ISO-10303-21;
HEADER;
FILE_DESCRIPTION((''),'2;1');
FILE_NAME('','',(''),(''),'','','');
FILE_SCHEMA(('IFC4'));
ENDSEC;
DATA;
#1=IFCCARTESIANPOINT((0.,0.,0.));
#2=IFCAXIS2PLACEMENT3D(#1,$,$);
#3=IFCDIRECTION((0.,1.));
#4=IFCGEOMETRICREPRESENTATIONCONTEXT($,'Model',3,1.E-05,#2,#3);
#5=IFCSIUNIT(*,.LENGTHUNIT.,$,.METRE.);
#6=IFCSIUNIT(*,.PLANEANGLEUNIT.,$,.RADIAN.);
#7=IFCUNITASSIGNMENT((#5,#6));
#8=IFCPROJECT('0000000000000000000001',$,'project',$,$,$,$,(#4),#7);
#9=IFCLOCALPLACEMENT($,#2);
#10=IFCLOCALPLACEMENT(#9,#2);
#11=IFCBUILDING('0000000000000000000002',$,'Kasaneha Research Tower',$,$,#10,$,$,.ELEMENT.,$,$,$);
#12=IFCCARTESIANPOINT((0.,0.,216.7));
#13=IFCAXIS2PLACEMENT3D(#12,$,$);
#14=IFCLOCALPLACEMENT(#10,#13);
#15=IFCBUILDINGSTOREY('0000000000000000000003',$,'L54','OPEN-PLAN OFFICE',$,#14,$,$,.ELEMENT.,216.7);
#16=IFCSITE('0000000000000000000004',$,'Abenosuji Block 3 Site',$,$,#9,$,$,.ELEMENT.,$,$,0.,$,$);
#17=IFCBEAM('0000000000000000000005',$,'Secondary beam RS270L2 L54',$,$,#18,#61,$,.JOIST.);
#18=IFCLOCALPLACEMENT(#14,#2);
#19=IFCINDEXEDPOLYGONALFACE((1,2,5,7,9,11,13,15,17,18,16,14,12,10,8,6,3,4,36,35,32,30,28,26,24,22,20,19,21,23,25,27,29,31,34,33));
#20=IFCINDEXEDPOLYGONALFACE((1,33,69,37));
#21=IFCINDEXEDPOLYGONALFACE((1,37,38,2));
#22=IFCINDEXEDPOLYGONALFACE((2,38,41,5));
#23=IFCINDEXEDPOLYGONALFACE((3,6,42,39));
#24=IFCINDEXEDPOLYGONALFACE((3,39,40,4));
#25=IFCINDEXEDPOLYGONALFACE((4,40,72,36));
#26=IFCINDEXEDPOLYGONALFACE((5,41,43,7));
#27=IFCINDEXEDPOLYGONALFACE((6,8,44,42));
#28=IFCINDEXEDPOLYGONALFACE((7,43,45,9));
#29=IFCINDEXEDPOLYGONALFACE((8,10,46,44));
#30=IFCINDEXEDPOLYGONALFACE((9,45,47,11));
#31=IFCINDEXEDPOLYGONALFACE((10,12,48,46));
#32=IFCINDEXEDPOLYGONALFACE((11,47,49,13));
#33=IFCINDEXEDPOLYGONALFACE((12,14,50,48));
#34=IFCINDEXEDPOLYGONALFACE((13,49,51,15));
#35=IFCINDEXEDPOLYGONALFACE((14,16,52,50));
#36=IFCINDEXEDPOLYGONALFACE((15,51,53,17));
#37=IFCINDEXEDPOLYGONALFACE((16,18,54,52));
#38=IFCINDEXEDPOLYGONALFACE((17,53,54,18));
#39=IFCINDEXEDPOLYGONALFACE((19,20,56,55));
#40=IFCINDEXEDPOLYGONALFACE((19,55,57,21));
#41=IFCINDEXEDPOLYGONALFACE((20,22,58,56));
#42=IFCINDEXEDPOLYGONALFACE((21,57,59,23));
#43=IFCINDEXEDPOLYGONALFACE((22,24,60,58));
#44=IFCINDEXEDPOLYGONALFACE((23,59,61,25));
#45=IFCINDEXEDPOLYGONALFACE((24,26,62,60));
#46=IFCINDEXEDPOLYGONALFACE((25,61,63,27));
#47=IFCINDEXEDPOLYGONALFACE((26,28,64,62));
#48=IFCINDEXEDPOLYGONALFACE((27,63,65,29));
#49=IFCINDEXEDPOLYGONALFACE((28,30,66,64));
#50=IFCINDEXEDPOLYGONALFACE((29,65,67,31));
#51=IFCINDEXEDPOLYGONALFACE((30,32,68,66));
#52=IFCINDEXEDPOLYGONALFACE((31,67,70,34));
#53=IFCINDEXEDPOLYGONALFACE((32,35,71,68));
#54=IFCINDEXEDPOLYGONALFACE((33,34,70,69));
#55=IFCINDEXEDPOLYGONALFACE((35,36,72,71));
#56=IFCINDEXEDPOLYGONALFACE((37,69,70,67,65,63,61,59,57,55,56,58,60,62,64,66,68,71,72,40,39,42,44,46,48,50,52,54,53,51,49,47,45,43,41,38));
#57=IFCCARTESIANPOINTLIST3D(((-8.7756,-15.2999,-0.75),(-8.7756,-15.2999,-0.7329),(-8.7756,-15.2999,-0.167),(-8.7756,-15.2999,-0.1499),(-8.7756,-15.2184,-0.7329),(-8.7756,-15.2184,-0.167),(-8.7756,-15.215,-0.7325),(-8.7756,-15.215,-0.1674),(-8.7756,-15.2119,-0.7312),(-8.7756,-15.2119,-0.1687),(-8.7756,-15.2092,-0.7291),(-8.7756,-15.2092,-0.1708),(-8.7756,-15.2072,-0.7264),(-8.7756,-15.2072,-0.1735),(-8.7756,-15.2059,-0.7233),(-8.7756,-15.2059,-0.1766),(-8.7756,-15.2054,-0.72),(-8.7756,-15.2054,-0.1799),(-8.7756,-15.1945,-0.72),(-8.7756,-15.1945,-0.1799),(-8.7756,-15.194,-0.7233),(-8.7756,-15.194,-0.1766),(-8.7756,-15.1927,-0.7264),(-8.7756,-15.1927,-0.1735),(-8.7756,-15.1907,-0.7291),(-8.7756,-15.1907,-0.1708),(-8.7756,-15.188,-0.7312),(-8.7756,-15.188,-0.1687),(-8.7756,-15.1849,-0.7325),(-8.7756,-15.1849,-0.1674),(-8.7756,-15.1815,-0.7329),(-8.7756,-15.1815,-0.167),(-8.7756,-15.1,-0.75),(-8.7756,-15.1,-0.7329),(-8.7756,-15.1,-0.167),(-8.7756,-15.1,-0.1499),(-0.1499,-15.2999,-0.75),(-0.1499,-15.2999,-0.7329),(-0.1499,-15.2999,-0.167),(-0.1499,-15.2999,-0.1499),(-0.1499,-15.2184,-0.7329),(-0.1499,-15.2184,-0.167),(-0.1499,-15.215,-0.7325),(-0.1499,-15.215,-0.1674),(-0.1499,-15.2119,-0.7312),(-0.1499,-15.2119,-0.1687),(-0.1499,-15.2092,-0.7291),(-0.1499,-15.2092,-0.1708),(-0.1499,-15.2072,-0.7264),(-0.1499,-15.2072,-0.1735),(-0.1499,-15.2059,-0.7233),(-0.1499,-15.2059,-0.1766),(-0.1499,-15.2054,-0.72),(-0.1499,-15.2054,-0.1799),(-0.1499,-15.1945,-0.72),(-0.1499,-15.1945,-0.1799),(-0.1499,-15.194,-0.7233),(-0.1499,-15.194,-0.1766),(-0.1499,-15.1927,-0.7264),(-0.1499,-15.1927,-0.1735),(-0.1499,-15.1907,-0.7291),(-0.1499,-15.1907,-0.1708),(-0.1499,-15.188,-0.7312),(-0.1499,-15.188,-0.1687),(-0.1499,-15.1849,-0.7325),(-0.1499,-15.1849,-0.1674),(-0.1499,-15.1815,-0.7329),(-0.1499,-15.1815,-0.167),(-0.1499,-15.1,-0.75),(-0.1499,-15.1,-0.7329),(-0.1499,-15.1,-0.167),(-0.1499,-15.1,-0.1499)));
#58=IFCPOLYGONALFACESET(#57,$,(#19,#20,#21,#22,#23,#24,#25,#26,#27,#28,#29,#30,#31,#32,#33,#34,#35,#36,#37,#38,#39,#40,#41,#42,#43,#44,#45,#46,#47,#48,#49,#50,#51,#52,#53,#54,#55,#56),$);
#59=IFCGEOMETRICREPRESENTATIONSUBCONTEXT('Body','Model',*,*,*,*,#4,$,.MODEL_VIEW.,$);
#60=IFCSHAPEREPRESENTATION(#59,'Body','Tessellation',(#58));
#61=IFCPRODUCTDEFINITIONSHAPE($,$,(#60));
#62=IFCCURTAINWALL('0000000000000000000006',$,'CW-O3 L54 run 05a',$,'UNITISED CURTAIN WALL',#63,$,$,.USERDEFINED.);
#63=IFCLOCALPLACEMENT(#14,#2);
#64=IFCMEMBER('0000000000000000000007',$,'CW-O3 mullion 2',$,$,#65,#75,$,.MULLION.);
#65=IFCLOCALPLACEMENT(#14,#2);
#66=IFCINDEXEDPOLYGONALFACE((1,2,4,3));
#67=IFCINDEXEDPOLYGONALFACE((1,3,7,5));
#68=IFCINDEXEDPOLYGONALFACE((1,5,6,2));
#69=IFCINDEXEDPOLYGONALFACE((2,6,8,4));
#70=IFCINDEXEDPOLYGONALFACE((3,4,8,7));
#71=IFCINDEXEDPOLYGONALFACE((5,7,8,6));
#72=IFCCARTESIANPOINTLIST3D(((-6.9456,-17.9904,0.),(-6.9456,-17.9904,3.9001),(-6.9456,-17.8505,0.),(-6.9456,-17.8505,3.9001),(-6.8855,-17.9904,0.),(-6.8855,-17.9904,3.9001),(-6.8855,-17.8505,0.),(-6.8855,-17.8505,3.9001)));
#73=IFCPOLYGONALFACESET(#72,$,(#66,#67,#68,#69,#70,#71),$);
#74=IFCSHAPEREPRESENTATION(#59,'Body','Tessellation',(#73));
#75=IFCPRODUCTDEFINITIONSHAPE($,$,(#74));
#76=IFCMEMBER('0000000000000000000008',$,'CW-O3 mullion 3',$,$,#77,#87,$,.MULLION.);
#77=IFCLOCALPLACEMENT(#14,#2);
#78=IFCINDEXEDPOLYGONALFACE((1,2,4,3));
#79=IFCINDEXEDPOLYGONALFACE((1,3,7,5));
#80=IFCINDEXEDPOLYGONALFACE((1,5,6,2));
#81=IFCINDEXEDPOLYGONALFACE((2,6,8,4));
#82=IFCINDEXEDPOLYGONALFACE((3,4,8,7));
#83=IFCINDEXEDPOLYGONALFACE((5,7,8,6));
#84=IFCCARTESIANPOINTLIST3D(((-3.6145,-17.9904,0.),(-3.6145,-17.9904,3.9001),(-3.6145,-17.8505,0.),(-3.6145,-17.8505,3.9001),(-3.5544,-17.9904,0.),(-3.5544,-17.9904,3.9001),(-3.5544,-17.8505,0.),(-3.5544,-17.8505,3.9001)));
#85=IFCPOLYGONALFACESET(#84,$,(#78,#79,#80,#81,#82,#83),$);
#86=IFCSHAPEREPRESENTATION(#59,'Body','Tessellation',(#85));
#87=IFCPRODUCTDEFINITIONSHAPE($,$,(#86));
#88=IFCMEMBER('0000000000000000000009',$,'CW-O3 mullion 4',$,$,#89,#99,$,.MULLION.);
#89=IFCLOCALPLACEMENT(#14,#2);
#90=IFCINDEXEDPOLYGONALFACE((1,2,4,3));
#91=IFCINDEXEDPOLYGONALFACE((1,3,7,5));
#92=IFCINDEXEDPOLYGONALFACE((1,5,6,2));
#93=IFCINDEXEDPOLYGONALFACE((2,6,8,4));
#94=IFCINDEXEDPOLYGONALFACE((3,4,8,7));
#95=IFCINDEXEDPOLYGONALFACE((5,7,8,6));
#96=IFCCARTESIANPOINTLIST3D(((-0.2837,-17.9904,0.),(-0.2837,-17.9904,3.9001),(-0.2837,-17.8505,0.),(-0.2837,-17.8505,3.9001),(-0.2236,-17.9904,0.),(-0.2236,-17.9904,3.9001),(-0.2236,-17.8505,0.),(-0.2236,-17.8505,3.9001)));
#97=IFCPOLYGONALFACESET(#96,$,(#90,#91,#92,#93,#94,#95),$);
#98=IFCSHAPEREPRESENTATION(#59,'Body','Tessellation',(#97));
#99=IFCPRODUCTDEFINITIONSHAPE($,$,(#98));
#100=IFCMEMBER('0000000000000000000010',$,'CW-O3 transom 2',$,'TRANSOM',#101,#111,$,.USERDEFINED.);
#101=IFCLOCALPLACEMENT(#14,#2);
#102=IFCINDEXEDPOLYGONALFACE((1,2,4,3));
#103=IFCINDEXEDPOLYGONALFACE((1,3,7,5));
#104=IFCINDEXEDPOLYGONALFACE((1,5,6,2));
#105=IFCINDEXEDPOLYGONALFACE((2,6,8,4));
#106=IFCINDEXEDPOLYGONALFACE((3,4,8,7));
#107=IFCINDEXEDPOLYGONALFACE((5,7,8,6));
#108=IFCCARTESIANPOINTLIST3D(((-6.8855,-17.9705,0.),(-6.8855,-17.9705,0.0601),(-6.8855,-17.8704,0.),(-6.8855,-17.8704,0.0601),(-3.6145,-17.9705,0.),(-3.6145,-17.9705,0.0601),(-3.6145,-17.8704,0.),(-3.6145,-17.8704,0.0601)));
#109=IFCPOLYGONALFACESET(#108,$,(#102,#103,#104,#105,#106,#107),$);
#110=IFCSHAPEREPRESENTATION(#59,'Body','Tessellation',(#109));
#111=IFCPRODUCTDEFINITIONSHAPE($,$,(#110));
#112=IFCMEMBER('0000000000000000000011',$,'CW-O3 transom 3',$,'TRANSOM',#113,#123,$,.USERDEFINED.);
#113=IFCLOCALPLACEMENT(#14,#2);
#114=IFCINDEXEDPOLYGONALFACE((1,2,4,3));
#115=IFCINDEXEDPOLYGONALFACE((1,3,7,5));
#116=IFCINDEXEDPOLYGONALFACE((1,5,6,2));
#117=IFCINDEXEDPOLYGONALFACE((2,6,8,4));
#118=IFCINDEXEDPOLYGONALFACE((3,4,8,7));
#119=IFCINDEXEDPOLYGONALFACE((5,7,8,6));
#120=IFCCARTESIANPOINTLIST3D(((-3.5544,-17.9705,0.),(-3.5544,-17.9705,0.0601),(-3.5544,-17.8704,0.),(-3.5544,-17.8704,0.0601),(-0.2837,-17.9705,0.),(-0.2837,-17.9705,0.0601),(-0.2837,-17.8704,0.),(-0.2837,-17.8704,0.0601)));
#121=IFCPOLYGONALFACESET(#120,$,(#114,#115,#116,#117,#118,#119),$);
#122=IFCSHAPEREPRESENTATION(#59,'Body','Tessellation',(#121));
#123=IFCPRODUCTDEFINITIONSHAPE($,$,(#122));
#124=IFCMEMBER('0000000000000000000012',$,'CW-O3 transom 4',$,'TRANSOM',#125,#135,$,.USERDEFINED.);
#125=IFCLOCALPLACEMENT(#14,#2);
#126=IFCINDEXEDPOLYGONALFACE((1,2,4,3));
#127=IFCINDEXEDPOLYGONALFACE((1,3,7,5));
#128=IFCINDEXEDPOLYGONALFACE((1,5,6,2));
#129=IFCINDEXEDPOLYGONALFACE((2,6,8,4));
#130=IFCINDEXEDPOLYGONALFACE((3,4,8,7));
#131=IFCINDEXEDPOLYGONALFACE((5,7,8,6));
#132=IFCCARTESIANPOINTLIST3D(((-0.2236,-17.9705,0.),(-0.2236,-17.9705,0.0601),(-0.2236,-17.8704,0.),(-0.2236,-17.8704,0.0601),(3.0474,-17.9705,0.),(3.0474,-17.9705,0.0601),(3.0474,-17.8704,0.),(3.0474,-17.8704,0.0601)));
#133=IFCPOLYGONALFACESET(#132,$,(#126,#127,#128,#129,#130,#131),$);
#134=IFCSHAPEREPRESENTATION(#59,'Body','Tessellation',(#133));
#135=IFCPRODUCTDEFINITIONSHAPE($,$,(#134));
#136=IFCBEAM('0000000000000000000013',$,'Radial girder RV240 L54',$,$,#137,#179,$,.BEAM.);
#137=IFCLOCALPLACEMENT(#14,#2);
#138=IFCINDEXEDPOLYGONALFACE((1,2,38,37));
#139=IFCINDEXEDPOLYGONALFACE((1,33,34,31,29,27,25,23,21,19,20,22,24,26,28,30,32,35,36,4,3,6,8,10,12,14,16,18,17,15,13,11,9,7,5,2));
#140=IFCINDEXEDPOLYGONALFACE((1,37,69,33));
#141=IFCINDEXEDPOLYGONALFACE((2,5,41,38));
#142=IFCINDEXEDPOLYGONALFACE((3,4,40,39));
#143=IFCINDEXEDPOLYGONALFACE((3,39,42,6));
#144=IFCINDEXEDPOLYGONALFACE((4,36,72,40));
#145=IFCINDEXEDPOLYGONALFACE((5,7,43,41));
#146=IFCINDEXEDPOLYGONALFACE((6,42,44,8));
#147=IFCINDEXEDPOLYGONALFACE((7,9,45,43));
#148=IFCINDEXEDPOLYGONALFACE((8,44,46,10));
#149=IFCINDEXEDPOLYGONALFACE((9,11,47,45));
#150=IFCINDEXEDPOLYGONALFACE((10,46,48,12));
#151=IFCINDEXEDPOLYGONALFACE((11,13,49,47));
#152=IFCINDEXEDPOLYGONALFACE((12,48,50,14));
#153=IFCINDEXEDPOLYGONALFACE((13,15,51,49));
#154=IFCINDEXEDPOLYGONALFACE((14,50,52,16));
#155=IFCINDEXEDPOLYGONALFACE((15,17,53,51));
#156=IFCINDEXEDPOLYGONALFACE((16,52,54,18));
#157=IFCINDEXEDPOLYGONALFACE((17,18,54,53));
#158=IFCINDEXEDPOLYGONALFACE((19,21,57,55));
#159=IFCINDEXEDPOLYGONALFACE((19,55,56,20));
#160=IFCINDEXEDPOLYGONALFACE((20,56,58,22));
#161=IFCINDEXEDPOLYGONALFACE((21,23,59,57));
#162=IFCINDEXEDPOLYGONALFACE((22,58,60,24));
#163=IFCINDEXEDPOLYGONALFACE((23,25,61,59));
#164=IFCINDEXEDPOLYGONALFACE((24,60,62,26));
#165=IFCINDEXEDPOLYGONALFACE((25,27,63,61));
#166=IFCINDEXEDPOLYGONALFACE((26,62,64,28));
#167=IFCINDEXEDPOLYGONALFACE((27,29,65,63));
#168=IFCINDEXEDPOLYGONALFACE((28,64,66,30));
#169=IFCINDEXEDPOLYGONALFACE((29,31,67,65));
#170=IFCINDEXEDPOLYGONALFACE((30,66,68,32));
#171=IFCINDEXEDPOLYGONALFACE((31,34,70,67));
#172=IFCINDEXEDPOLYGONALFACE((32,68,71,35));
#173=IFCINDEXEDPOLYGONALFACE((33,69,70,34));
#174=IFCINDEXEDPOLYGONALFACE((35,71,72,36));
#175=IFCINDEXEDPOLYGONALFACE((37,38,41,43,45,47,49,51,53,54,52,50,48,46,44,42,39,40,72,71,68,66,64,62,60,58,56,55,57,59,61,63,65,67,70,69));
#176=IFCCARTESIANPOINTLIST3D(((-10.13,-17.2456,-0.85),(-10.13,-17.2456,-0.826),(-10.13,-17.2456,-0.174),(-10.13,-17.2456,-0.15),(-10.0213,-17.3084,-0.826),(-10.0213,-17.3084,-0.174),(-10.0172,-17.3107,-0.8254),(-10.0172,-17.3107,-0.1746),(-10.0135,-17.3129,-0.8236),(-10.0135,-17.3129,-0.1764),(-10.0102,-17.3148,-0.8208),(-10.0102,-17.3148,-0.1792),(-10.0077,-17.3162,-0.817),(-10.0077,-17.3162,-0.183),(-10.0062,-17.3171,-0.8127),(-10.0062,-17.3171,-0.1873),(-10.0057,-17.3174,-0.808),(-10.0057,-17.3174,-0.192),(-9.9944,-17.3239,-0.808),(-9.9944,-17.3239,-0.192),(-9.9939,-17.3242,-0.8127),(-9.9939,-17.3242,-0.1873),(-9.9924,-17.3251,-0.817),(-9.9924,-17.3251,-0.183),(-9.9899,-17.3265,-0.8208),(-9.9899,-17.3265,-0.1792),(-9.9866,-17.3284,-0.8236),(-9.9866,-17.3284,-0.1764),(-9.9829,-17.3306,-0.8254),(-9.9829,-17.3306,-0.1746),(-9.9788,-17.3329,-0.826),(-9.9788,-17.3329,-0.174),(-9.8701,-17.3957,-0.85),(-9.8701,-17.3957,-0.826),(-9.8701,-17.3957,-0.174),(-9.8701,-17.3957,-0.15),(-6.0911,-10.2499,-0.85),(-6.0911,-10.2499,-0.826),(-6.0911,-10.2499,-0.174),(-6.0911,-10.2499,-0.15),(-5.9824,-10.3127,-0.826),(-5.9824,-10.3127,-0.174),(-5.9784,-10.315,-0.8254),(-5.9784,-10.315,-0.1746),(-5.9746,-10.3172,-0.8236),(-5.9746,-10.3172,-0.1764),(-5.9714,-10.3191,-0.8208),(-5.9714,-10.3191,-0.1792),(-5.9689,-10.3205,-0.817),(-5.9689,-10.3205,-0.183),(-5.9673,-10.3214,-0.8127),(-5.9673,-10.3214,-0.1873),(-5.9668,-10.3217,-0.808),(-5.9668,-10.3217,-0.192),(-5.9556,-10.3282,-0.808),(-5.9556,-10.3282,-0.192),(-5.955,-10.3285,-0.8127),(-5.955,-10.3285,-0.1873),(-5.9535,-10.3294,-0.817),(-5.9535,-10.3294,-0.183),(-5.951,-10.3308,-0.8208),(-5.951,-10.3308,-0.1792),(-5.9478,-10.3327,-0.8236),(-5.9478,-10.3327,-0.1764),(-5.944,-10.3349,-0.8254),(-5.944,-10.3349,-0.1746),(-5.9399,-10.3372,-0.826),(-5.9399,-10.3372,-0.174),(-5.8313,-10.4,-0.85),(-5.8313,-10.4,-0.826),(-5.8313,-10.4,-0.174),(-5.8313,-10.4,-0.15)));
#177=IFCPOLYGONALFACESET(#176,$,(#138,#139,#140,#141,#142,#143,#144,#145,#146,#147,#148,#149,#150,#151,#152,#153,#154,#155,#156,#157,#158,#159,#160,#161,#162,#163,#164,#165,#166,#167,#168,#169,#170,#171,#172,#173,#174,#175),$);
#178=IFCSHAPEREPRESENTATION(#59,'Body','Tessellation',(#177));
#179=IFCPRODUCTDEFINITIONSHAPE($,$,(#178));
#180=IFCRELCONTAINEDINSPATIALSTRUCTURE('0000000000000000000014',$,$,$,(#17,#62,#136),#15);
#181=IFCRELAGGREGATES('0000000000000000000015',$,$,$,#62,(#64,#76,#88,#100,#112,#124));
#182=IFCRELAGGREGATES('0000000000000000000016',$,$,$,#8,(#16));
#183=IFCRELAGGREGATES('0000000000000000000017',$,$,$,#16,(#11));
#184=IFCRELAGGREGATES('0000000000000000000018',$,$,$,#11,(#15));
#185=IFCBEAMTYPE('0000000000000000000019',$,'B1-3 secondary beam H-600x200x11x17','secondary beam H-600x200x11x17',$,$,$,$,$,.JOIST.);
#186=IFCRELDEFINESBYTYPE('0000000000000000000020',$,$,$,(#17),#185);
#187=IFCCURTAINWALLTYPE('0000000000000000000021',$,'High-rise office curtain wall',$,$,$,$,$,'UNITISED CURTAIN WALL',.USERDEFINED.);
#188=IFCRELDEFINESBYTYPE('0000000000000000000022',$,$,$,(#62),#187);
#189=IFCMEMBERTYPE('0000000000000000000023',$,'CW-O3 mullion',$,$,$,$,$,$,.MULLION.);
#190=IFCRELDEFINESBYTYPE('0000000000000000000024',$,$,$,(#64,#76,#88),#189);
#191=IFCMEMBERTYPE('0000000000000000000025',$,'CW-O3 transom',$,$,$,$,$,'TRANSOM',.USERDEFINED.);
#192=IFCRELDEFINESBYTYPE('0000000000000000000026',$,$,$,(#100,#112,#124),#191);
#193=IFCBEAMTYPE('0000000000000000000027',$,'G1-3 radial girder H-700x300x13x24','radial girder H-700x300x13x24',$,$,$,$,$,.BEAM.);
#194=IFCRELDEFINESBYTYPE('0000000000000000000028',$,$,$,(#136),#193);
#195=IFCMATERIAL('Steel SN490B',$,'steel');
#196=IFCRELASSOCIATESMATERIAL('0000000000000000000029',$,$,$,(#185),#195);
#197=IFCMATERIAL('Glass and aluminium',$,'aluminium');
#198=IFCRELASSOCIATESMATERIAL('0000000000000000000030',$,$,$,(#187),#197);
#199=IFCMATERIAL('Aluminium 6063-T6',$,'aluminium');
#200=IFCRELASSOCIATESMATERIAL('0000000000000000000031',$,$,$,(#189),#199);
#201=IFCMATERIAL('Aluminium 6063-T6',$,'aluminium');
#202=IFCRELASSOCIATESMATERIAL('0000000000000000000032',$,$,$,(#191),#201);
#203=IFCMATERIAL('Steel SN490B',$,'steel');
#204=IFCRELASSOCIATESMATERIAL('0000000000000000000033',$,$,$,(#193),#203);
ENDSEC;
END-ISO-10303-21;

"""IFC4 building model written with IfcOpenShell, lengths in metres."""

from ifc_helpers import new_model, si_unit, direction, frame, origin, origin_2d, place, context, subcontext, project, spatial, rectangle, i_section, extrude, material, material_profile, profile_set, type_object, element, aggregate, save


model = new_model("IFC4")

# Units and contexts
model_context = context("Model", 3, precision=1e-05, world=origin(), true_north=direction((0.0, 1.0)))
body_context = subcontext(model_context, "Body", "Model", "MODEL_VIEW")
ifc_project = project(units=[si_unit("LENGTHUNIT", "METRE"), si_unit("PLANEANGLEUNIT", "RADIAN")], contexts=[model_context])

# Site, building, storey
site_placement = place(None, origin())
site = spatial("IfcSite", under=ifc_project, at=site_placement, Name="Abenosuji Block 3 Site", CompositionType="ELEMENT", RefElevation=0.0)
building_placement = place(site_placement, origin())
building = spatial("IfcBuilding", under=site, at=building_placement, Name="Kasaneha Research Tower", CompositionType="ELEMENT")
storey_placement = place(building_placement, frame((0.0, 0.0, 216.7)))
storey = spatial("IfcBuildingStorey", under=building, at=storey_placement, Name="L54", Description="OPEN-PLAN OFFICE", CompositionType="ELEMENT", Elevation=216.7)

# Beam
ifc_material_1 = material(Name="Steel SN490B", Category="steel")
ifc_material_profile_1 = material_profile(ifc_material_1, i_section(OverallWidth=0.2, OverallDepth=0.6001, WebThickness=0.011, FlangeThickness=0.0171, FilletRadius=0.0129, at=origin_2d()), Name="H-600x200x11x17")
ifc_profile_set_1 = profile_set([ifc_material_profile_1], Name="Steel SN490B")
beam_type_1 = type_object("IfcBeamType", Name="B1-3 secondary beam H-600x200x11x17", Description="secondary beam H-600x200x11x17", PredefinedType="JOIST", material=ifc_profile_set_1)
beam_1_placement = place(storey_placement, frame((-8.7756, -15.2, -0.45), z_axis=(1.0, 0.0, 0.0), x_axis=(0.0, 1.0, 0.0)))
element("IfcBeam", 1, at=beam_1_placement, inside=storey, type_object=beam_type_1, Name="Secondary beam RS270L2 L54", PredefinedType="JOIST", context=body_context, shape_type="SweptSolid", body=[
    extrude(i_section(OverallWidth=0.2, OverallDepth=0.6001, WebThickness=0.011, FlangeThickness=0.0171, FilletRadius=0.0129, at=origin_2d()), origin(), (0.0, 0.0, 1.0), 8.6257),
])

# Curtain wall, members
ifc_material_2 = material(Name="Glass and aluminium", Category="aluminium")
curtain_wall_type = type_object("IfcCurtainWallType", Name="High-rise office curtain wall", ElementType="UNITISED CURTAIN WALL", PredefinedType="USERDEFINED", material=ifc_material_2)
curtain_wall_placement = place(storey_placement, origin())
curtain_wall = element("IfcCurtainWall", 2, at=curtain_wall_placement, inside=storey, type_object=curtain_wall_type, Name="CW-O3 L54 run 05a", ObjectType="UNITISED CURTAIN WALL", PredefinedType="USERDEFINED")
ifc_material_3 = material(Name="Aluminium 6063-T6", Category="aluminium")
ifc_material_profile_2 = material_profile(ifc_material_3, rectangle(XDim=0.0601, YDim=0.1399, at=origin_2d()), Name="CW-O3 mullion 60x140")
ifc_profile_set_2 = profile_set([ifc_material_profile_2], Name="Aluminium 6063-T6")
member_type_1 = type_object("IfcMemberType", Name="CW-O3 mullion", PredefinedType="MULLION", material=ifc_profile_set_2)
member_1_placement = place(storey_placement, frame((-6.9155, -17.9204, 0.0), z_axis=(0.0, 0.0, 1.0), x_axis=(1.0, 0.0, 0.0)))
member_1 = element("IfcMember", 3, at=member_1_placement, type_object=member_type_1, Name="CW-O3 mullion 2", PredefinedType="MULLION", context=body_context, shape_type="SweptSolid", body=[
    extrude(rectangle(XDim=0.0601, YDim=0.1399, at=origin_2d()), origin(), (0.0, 0.0, 1.0), 3.9001),
])
member_2_placement = place(storey_placement, frame((-3.5845, -17.9204, 0.0), z_axis=(0.0, 0.0, 1.0), x_axis=(1.0, 0.0, 0.0)))
member_2 = element("IfcMember", 4, at=member_2_placement, type_object=member_type_1, Name="CW-O3 mullion 3", PredefinedType="MULLION", context=body_context, shape_type="SweptSolid", body=[
    extrude(rectangle(XDim=0.0601, YDim=0.1399, at=origin_2d()), origin(), (0.0, 0.0, 1.0), 3.9001),
])
member_3_placement = place(storey_placement, frame((-0.2537, -17.9204, 0.0), z_axis=(0.0, 0.0, 1.0), x_axis=(1.0, 0.0, 0.0)))
member_3 = element("IfcMember", 5, at=member_3_placement, type_object=member_type_1, Name="CW-O3 mullion 4", PredefinedType="MULLION", context=body_context, shape_type="SweptSolid", body=[
    extrude(rectangle(XDim=0.0601, YDim=0.1399, at=origin_2d()), origin(), (0.0, 0.0, 1.0), 3.9001),
])
ifc_material_4 = material(Name="Aluminium 6063-T6", Category="aluminium")
ifc_material_profile_3 = material_profile(ifc_material_4, rectangle(XDim=0.1001, YDim=0.0601, at=origin_2d()), Name="CW-O3 transom 100x60")
ifc_profile_set_3 = profile_set([ifc_material_profile_3], Name="Aluminium 6063-T6")
member_type_2 = type_object("IfcMemberType", Name="CW-O3 transom", ElementType="TRANSOM", PredefinedType="USERDEFINED", material=ifc_profile_set_3)
member_4_placement = place(storey_placement, frame((-6.8855, -17.9204, 0.03), z_axis=(1.0, 0.0, 0.0), x_axis=(0.0, 1.0, 0.0)))
member_4 = element("IfcMember", 6, at=member_4_placement, type_object=member_type_2, Name="CW-O3 transom 2", ObjectType="TRANSOM", PredefinedType="USERDEFINED", context=body_context, shape_type="SweptSolid", body=[
    extrude(rectangle(XDim=0.1001, YDim=0.0601, at=origin_2d()), origin(), (0.0, 0.0, 1.0), 3.271),
])
member_5_placement = place(storey_placement, frame((-3.5544, -17.9204, 0.03), z_axis=(1.0, 0.0, 0.0), x_axis=(0.0, 1.0, 0.0)))
member_5 = element("IfcMember", 7, at=member_5_placement, type_object=member_type_2, Name="CW-O3 transom 3", ObjectType="TRANSOM", PredefinedType="USERDEFINED", context=body_context, shape_type="SweptSolid", body=[
    extrude(rectangle(XDim=0.1001, YDim=0.0601, at=origin_2d()), origin(), (0.0, 0.0, 1.0), 3.2708),
])
member_6_placement = place(storey_placement, frame((-0.2236, -17.9204, 0.03), z_axis=(1.0, 0.0, 0.0), x_axis=(0.0, 1.0, 0.0)))
member_6 = element("IfcMember", 8, at=member_6_placement, type_object=member_type_2, Name="CW-O3 transom 4", ObjectType="TRANSOM", PredefinedType="USERDEFINED", context=body_context, shape_type="SweptSolid", body=[
    extrude(rectangle(XDim=0.1001, YDim=0.0601, at=origin_2d()), origin(), (0.0, 0.0, 1.0), 3.271),
])

# Beam
ifc_material_5 = material(Name="Steel SN490B", Category="steel")
ifc_material_profile_4 = material_profile(ifc_material_5, i_section(OverallWidth=0.3, OverallDepth=0.7, WebThickness=0.0129, FlangeThickness=0.0239, FilletRadius=0.0181, at=origin_2d()), Name="H-700x300x13x24")
ifc_profile_set_4 = profile_set([ifc_material_profile_4], Name="Steel SN490B")
beam_type_2 = type_object("IfcBeamType", Name="G1-3 radial girder H-700x300x13x24", Description="radial girder H-700x300x13x24", PredefinedType="BEAM", material=ifc_profile_set_4)
beam_2_placement = place(storey_placement, frame((-5.9612, -10.325, -0.5), z_axis=(-0.499991, -0.866031, 0.0), x_axis=(0.866031, -0.499991, 0.0)))
element("IfcBeam", 9, at=beam_2_placement, inside=storey, type_object=beam_type_2, Name="Radial girder RV240 L54", PredefinedType="BEAM", context=body_context, shape_type="SweptSolid", body=[
    extrude(i_section(OverallWidth=0.3, OverallDepth=0.7, WebThickness=0.0129, FlangeThickness=0.0239, FilletRadius=0.0181, at=origin_2d()), origin(), (0.0, 0.0, 1.0), 8.0779),
])

aggregate(curtain_wall, [member_1, member_2, member_3, member_4, member_5, member_6])

save(model, "model.ifc")
